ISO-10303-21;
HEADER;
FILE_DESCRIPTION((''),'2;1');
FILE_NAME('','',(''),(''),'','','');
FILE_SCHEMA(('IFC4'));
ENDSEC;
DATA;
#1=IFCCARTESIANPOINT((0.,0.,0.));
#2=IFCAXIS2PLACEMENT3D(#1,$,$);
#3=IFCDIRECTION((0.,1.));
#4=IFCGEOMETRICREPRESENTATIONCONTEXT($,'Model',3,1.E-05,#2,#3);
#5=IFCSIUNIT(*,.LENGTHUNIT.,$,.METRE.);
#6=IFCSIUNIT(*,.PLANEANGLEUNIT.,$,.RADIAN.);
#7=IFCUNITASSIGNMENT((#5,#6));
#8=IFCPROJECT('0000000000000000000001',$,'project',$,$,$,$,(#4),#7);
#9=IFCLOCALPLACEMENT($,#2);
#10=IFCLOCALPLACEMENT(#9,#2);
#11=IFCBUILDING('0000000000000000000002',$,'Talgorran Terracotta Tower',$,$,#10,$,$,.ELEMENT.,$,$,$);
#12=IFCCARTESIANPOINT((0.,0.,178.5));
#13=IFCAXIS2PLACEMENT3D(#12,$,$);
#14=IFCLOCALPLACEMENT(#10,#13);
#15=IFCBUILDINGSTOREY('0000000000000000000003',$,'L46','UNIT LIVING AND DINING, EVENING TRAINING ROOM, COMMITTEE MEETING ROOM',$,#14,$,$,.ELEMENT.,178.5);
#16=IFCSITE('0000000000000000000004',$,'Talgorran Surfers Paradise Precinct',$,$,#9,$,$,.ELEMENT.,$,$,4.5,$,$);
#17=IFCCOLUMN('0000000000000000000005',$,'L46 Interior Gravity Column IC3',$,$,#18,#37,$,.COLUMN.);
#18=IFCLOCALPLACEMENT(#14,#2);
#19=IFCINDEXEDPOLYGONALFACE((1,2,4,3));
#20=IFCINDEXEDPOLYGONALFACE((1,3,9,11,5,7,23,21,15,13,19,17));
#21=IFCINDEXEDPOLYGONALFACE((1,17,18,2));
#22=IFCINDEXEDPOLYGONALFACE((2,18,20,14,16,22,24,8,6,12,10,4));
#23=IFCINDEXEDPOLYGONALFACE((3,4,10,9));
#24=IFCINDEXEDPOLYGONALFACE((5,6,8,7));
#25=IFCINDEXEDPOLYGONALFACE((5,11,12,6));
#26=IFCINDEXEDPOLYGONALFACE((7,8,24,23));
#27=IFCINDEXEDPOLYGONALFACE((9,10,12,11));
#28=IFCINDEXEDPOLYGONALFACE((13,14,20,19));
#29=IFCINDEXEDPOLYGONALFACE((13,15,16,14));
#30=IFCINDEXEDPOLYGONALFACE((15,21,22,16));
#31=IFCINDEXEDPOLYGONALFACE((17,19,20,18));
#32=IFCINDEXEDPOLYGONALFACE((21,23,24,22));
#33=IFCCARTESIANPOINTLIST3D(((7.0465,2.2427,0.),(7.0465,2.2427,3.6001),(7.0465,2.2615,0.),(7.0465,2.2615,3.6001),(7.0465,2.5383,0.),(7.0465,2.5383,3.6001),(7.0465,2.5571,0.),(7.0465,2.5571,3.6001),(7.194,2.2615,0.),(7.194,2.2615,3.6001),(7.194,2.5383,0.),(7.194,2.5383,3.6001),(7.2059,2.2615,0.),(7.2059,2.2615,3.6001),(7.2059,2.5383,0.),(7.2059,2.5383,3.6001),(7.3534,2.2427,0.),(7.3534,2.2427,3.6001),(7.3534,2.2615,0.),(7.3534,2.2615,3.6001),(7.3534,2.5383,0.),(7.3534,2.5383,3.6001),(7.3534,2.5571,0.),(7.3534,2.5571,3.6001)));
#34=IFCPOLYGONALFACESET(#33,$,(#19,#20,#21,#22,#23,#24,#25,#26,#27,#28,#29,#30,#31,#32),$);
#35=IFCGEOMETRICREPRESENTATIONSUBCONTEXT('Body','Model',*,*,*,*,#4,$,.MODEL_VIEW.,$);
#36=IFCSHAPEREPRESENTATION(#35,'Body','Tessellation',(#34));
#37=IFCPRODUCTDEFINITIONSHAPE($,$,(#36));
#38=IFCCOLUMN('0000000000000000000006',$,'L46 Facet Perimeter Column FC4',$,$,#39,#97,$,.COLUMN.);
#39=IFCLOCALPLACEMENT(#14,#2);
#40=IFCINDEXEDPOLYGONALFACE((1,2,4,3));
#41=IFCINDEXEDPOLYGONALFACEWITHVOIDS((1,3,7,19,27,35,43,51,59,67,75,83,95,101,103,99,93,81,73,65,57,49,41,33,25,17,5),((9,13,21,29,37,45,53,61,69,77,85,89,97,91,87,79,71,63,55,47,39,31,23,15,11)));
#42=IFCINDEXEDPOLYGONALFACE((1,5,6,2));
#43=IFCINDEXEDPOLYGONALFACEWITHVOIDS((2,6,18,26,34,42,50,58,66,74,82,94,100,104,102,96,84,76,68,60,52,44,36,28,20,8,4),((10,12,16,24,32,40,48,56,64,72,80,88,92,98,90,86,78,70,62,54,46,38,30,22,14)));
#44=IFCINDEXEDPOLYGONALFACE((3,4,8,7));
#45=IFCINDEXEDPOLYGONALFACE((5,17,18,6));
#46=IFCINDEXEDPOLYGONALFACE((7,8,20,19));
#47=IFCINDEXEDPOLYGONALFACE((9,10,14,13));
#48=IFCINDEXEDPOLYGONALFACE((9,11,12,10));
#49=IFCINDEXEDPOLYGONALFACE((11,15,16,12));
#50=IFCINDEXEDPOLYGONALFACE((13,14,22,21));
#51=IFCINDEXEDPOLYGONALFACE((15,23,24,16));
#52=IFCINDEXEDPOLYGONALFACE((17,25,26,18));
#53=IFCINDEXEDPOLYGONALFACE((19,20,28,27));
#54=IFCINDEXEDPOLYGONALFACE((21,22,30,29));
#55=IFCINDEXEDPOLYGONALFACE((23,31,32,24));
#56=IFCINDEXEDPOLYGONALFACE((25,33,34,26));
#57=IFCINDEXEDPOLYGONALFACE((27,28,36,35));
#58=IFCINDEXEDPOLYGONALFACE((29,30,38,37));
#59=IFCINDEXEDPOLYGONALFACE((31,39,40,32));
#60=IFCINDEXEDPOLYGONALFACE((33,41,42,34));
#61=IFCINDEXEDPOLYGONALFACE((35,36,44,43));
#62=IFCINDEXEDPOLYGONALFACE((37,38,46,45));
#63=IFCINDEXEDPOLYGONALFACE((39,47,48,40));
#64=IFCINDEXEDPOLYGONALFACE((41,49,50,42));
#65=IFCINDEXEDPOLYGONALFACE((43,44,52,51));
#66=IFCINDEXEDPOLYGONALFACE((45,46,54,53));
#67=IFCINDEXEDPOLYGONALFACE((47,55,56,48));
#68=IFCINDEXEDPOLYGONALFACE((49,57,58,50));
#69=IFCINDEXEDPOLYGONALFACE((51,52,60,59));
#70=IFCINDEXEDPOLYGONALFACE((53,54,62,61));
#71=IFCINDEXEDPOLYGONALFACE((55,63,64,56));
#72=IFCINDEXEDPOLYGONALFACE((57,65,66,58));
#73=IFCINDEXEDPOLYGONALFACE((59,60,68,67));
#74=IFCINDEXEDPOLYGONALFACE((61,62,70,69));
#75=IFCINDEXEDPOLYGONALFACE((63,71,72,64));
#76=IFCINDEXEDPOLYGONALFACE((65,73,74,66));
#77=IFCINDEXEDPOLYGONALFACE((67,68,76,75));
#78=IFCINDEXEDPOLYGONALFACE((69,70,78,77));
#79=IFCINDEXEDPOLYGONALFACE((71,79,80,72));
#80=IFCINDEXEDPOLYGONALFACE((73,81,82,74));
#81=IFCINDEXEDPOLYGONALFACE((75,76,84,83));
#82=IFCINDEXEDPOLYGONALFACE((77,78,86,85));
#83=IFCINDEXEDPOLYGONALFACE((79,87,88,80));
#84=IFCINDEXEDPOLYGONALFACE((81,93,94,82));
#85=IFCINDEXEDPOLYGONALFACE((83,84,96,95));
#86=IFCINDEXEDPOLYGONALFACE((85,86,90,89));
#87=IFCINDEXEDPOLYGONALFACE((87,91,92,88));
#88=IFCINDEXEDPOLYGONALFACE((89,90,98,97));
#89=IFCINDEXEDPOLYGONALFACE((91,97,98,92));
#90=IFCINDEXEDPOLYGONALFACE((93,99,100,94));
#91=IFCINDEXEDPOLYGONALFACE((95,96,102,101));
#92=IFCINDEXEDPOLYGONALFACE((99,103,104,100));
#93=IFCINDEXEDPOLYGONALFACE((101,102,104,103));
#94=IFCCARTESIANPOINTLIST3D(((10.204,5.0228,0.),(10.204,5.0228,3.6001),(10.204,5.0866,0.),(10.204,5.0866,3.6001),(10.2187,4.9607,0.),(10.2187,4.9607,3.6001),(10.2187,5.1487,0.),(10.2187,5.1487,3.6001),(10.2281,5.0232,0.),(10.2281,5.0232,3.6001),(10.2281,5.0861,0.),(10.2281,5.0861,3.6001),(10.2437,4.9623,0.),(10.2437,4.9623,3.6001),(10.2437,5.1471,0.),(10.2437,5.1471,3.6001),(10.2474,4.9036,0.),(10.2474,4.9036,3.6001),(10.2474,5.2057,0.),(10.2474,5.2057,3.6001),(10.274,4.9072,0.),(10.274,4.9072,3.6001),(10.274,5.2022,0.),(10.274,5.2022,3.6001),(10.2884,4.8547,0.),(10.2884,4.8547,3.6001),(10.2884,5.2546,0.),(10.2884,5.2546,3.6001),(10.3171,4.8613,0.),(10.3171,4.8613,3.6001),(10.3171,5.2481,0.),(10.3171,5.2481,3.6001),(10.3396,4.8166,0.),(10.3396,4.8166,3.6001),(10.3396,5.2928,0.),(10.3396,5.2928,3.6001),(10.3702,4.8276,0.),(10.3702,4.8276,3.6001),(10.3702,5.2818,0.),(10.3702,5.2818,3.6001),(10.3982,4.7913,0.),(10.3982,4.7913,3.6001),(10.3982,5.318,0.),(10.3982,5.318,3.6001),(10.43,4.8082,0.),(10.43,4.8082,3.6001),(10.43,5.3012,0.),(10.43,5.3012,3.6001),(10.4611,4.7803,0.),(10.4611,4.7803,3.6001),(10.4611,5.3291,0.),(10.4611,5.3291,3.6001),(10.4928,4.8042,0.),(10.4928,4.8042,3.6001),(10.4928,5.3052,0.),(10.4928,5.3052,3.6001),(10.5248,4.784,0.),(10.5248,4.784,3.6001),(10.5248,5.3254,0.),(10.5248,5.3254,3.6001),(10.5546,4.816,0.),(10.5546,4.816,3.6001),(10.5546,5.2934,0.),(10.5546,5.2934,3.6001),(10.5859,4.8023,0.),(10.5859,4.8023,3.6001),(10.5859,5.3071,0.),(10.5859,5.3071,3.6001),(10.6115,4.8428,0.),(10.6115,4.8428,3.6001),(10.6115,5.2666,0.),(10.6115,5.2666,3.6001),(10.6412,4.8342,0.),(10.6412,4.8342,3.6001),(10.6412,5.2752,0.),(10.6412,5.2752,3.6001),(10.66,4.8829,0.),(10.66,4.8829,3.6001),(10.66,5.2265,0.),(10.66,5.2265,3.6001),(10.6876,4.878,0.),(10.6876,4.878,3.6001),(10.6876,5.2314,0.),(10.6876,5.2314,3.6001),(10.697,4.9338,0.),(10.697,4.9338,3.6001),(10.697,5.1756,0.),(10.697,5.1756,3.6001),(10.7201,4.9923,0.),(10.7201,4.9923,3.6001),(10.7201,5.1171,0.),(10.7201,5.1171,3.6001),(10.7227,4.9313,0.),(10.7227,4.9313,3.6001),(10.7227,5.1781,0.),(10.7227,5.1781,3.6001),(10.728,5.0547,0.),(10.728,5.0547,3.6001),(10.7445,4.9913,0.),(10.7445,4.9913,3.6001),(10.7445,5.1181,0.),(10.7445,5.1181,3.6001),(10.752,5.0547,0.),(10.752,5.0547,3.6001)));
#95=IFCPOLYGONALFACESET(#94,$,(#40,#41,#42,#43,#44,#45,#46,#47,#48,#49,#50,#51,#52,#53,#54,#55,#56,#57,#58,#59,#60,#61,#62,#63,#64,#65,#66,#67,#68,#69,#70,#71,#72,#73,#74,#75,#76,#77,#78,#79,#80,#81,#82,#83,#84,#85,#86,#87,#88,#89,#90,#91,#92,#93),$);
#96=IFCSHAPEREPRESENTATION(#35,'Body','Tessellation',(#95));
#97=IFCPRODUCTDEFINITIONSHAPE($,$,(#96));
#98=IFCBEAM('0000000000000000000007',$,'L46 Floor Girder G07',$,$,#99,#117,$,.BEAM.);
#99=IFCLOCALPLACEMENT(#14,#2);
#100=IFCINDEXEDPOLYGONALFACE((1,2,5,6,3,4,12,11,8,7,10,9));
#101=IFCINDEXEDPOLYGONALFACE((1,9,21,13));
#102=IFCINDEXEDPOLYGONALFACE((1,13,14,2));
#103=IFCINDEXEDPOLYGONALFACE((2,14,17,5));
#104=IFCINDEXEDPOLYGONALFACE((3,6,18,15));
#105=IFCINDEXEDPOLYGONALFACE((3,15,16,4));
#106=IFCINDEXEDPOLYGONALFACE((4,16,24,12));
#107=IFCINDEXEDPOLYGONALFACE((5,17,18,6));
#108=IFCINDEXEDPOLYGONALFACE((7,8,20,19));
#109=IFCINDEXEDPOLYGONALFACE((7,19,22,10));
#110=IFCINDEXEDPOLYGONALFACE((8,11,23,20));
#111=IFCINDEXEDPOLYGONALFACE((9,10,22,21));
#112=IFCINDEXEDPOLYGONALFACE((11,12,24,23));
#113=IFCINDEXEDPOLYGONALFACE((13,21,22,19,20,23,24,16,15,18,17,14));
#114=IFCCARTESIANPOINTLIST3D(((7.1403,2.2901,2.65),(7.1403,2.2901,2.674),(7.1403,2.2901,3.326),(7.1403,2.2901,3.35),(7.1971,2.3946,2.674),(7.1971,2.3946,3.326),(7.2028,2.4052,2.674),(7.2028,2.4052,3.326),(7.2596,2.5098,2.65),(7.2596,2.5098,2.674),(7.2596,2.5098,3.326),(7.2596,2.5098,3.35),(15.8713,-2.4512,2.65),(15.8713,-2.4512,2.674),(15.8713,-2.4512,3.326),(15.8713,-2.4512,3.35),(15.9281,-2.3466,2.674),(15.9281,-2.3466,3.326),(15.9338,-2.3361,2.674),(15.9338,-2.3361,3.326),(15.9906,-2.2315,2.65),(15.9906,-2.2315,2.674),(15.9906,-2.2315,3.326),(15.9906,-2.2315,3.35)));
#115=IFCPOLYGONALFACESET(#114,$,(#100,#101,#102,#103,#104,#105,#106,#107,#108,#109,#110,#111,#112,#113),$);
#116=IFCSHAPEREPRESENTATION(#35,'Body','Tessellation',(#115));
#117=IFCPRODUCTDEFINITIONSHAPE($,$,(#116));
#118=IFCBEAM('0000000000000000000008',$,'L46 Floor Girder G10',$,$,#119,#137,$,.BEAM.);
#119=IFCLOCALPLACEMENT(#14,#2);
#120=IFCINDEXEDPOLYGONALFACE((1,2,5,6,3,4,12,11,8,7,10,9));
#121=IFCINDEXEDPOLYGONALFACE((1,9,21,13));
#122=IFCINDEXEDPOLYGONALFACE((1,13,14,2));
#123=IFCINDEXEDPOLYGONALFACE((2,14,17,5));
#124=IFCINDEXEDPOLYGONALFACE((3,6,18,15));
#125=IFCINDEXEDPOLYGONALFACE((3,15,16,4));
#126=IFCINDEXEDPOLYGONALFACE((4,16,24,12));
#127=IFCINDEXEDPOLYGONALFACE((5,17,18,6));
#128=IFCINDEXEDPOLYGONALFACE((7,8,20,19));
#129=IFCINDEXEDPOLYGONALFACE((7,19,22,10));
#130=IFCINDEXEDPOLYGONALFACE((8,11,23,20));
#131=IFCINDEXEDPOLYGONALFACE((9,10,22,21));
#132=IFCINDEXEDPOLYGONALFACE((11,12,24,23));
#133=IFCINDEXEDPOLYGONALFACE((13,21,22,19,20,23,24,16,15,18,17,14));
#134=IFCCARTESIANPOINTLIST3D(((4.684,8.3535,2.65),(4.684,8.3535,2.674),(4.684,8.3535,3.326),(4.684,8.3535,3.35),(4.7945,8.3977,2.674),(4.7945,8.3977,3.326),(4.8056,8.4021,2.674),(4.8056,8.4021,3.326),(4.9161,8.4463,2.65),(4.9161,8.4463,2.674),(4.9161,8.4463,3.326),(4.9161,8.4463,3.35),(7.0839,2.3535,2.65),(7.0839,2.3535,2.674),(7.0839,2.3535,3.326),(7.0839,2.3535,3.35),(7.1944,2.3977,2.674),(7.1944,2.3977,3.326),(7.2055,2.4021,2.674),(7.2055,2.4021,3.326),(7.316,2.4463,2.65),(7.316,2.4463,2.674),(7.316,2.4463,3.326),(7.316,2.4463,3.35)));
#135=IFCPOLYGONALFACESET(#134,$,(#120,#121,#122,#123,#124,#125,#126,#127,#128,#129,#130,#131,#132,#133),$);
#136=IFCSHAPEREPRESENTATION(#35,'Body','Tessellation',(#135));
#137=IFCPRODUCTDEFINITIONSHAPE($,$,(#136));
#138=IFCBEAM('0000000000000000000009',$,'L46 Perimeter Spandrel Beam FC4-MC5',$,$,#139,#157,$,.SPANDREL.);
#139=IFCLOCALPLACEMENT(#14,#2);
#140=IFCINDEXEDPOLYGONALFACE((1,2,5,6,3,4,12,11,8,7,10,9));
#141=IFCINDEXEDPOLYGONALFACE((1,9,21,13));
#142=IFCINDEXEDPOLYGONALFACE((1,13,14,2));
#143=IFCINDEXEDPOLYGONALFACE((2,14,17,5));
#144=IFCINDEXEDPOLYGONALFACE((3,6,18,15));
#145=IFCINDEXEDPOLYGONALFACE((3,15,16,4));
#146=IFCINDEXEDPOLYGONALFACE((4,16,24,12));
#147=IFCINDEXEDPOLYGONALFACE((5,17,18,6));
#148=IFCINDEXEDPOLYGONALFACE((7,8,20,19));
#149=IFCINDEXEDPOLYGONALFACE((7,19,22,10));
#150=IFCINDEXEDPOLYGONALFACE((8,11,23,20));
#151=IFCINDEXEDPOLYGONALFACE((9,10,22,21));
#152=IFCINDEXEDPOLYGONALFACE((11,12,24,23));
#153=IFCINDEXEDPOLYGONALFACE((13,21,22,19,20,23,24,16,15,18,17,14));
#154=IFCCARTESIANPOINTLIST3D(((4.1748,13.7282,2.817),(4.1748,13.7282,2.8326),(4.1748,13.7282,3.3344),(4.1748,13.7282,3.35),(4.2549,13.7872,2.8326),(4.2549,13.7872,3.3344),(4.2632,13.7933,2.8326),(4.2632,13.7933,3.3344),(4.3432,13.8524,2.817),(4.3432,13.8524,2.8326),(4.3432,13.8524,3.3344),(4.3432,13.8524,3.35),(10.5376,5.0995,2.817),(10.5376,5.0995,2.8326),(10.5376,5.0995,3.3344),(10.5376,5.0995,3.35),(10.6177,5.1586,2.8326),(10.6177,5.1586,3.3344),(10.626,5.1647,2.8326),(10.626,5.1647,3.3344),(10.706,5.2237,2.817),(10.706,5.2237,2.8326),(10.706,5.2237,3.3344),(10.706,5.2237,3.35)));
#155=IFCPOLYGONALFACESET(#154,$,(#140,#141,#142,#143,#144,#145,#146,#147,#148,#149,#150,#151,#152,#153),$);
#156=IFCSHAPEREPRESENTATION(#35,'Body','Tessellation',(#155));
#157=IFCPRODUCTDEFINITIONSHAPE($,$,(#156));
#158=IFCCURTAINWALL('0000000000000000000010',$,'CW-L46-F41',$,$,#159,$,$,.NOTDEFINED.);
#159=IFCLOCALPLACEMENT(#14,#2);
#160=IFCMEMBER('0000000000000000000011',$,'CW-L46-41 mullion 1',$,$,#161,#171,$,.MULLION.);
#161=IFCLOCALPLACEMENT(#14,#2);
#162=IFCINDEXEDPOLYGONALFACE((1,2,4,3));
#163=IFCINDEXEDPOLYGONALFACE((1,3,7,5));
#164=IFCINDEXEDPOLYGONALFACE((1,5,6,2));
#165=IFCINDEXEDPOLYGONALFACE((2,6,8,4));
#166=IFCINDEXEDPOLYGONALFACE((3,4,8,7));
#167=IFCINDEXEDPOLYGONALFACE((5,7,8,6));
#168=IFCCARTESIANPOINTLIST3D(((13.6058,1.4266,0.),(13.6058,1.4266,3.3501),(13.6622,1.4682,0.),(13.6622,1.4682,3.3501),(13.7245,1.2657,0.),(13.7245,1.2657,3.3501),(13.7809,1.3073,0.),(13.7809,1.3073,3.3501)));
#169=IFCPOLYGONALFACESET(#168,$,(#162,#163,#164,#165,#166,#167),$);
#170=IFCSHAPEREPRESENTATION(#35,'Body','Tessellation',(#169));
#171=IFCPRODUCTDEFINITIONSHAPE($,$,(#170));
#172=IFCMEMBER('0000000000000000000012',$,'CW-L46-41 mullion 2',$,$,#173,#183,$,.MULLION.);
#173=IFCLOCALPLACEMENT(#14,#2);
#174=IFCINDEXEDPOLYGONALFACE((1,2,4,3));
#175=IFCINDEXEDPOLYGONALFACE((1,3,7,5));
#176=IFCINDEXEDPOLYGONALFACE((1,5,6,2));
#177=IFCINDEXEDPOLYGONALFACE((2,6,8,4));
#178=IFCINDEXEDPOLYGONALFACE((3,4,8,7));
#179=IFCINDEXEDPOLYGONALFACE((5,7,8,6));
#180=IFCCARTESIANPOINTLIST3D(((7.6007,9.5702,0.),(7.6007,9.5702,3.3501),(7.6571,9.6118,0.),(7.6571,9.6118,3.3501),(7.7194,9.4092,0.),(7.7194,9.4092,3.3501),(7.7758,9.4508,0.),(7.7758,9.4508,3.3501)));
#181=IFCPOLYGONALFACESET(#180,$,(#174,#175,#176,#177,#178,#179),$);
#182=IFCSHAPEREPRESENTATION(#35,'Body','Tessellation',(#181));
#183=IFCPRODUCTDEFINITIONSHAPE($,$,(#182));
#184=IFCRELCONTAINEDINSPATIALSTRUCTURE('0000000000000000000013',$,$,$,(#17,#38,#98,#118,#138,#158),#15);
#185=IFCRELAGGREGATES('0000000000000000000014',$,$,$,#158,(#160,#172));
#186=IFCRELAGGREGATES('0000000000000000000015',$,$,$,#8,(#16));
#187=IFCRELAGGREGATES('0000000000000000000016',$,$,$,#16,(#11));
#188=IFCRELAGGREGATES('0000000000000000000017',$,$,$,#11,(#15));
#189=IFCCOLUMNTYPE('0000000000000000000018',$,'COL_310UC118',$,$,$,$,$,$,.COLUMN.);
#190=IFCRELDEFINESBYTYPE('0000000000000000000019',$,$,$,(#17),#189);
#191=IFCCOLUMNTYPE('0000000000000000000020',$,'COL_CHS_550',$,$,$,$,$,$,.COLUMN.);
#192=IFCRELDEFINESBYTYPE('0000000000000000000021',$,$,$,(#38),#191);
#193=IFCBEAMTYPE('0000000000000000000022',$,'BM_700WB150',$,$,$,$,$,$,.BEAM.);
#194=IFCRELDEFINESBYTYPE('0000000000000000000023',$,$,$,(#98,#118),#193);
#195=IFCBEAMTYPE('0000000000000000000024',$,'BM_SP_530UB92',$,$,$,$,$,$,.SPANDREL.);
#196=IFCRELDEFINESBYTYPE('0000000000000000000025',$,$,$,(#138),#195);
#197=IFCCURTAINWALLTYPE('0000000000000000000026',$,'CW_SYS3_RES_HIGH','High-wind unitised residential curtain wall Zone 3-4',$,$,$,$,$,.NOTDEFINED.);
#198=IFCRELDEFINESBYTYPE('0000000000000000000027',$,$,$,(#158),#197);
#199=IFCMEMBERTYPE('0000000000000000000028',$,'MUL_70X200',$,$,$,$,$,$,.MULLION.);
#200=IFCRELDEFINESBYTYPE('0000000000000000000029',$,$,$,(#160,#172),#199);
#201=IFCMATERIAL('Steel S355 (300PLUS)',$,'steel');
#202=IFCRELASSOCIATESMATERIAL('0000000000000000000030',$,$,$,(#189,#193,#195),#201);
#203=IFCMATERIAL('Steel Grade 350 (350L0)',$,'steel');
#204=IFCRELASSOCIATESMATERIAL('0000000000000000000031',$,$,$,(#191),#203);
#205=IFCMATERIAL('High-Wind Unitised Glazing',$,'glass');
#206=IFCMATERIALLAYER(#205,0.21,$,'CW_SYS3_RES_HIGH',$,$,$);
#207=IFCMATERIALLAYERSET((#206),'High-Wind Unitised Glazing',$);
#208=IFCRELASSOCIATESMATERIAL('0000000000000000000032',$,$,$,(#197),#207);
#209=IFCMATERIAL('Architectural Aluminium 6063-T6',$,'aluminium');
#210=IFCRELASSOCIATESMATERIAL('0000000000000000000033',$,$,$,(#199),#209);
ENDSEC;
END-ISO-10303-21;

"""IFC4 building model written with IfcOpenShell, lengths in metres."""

from ifc_helpers import new_model, si_unit, direction, frame, origin, origin_2d, place, context, subcontext, project, spatial, rectangle, hollow_circle, i_section, extrude, material, layer, layer_set, material_profile, profile_set, type_object, element, aggregate, save


model = new_model("IFC4")

# Units and contexts
model_context = context("Model", 3, precision=1e-05, world=origin(), true_north=direction((0.0, 1.0)))
body_context = subcontext(model_context, "Body", "Model", "MODEL_VIEW")
ifc_project = project(units=[si_unit("LENGTHUNIT", "METRE"), si_unit("PLANEANGLEUNIT", "RADIAN")], contexts=[model_context])

# Site, building, storey
site_placement = place(None, origin())
site = spatial("IfcSite", under=ifc_project, at=site_placement, Name="Talgorran Surfers Paradise Precinct", CompositionType="ELEMENT", RefElevation=4.5)
building_placement = place(site_placement, origin())
building = spatial("IfcBuilding", under=site, at=building_placement, Name="Talgorran Terracotta Tower", CompositionType="ELEMENT")
storey_placement = place(building_placement, frame((0.0, 0.0, 178.5)))
storey = spatial("IfcBuildingStorey", under=building, at=storey_placement, Name="L46", Description="UNIT LIVING AND DINING, EVENING TRAINING ROOM, COMMITTEE MEETING ROOM", CompositionType="ELEMENT", Elevation=178.5)

# Columns
ifc_material_1 = material(Name="Steel S355 (300PLUS)", Category="steel")
ifc_material_profile_1 = material_profile(ifc_material_1, i_section(OverallWidth=0.3069, OverallDepth=0.3145, WebThickness=0.012, FlangeThickness=0.0188, at=origin_2d()), Name="310UC118")
ifc_profile_set_1 = profile_set([ifc_material_profile_1], Name="Steel S355 (300PLUS)")
column_type_1 = type_object("IfcColumnType", Name="COL_310UC118", PredefinedType="COLUMN", material=ifc_profile_set_1)
column_1_placement = place(storey_placement, frame((7.2, 2.3999, 0.0), z_axis=(0.0, 0.0, 1.0), x_axis=(1.0, 0.0, 0.0)))
element("IfcColumn", 1, at=column_1_placement, inside=storey, type_object=column_type_1, Name="L46 Interior Gravity Column IC3", PredefinedType="COLUMN", context=body_context, shape_type="SweptSolid", body=[
    extrude(i_section(OverallWidth=0.3069, OverallDepth=0.3145, WebThickness=0.012, FlangeThickness=0.0188, at=origin_2d()), origin(), (0.0, 0.0, 1.0), 3.6001),
])
ifc_material_2 = material(Name="Steel Grade 350 (350L0)", Category="steel")
ifc_material_profile_2 = material_profile(ifc_material_2, hollow_circle(Radius=0.2749, WallThickness=0.0239, at=origin_2d()), Name="CHS550X24")
ifc_profile_set_2 = profile_set([ifc_material_profile_2], Name="Steel Grade 350 (350L0)")
column_type_2 = type_object("IfcColumnType", Name="COL_CHS_550", PredefinedType="COLUMN", material=ifc_profile_set_2)
column_2_placement = place(storey_placement, frame((10.4771, 5.0547, 0.0), z_axis=(0.0, 0.0, 1.0), x_axis=(1.0, 0.0, 0.0)))
element("IfcColumn", 2, at=column_2_placement, inside=storey, type_object=column_type_2, Name="L46 Facet Perimeter Column FC4", PredefinedType="COLUMN", context=body_context, shape_type="SweptSolid", body=[
    extrude(hollow_circle(Radius=0.2749, WallThickness=0.0239, at=origin_2d()), origin(), (0.0, 0.0, 1.0), 3.6001),
])

# Beams
ifc_material_profile_3 = material_profile(ifc_material_1, i_section(OverallWidth=0.25, OverallDepth=0.7, WebThickness=0.012, FlangeThickness=0.0239, at=origin_2d()), Name="700WB150")
ifc_profile_set_3 = profile_set([ifc_material_profile_3], Name="Steel S355 (300PLUS)")
beam_type_1 = type_object("IfcBeamType", Name="BM_700WB150", PredefinedType="BEAM", material=ifc_profile_set_3)
beam_1_placement = place(storey_placement, frame((7.2, 2.3999, 3.0), z_axis=(0.878788, -0.477212, 0.0), x_axis=(0.477212, 0.878788, 0.0)))
element("IfcBeam", 3, at=beam_1_placement, inside=storey, type_object=beam_type_1, Name="L46 Floor Girder G07", PredefinedType="BEAM", context=body_context, shape_type="SweptSolid", body=[
    extrude(i_section(OverallWidth=0.25, OverallDepth=0.7, WebThickness=0.012, FlangeThickness=0.0239, at=origin_2d()), origin(), (0.0, 0.0, 1.0), 9.9353),
])
beam_2_placement = place(storey_placement, frame((7.2, 2.3999, 3.0), z_axis=(-0.371378, 0.928482, 0.0), x_axis=(-0.928482, -0.371378, 0.0)))
element("IfcBeam", 4, at=beam_2_placement, inside=storey, type_object=beam_type_1, Name="L46 Floor Girder G10", PredefinedType="BEAM", context=body_context, shape_type="SweptSolid", body=[
    extrude(i_section(OverallWidth=0.25, OverallDepth=0.7, WebThickness=0.012, FlangeThickness=0.0239, at=origin_2d()), origin(), (0.0, 0.0, 1.0), 6.4622),
])
ifc_material_profile_4 = material_profile(ifc_material_1, i_section(OverallWidth=0.2092, OverallDepth=0.533, WebThickness=0.0103, FlangeThickness=0.0156, at=origin_2d()), Name="530UB92.4")
ifc_profile_set_4 = profile_set([ifc_material_profile_4], Name="Steel S355 (300PLUS)")
beam_type_2 = type_object("IfcBeamType", Name="BM_SP_530UB92", PredefinedType="SPANDREL", material=ifc_profile_set_4)
beam_3_placement = place(storey_placement, frame((10.6218, 5.1616, 3.0835), z_axis=(-0.593491, 0.804841, 0.0), x_axis=(-0.804841, -0.593491, 0.0)))
element("IfcBeam", 5, at=beam_3_placement, inside=storey, type_object=beam_type_2, Name="L46 Perimeter Spandrel Beam FC4-MC5", PredefinedType="SPANDREL", context=body_context, shape_type="SweptSolid", body=[
    extrude(i_section(OverallWidth=0.2092, OverallDepth=0.533, WebThickness=0.0103, FlangeThickness=0.0156, at=origin_2d()), origin(), (0.0, 0.0, 1.0), 10.7209),
])

# Curtain wall, members
ifc_material_3 = material(Name="High-Wind Unitised Glazing", Category="glass")
ifc_layer_1 = layer(ifc_material_3, 0.21, Name="CW_SYS3_RES_HIGH")
ifc_layer_set_1 = layer_set([ifc_layer_1], Name="High-Wind Unitised Glazing")
curtain_wall_type = type_object("IfcCurtainWallType", Name="CW_SYS3_RES_HIGH", Description="High-wind unitised residential curtain wall Zone 3-4", PredefinedType="NOTDEFINED", material=ifc_layer_set_1)
curtain_wall_1_placement = place(storey_placement, origin())
curtain_wall_1 = element("IfcCurtainWall", 6, at=curtain_wall_1_placement, inside=storey, type_object=curtain_wall_type, Name="CW-L46-F41", PredefinedType="NOTDEFINED")
ifc_material_4 = material(Name="Architectural Aluminium 6063-T6", Category="aluminium")
ifc_material_profile_5 = material_profile(ifc_material_4, rectangle(XDim=0.0701, YDim=0.2, at=origin_2d()), Name="CWM70X200")
ifc_profile_set_5 = profile_set([ifc_material_profile_5], Name="Architectural Aluminium 6063-T6")
member_type_1 = type_object("IfcMemberType", Name="MUL_70X200", PredefinedType="MULLION", material=ifc_profile_set_5)
member_1_placement = place(storey_placement, frame((13.6934, 1.3669, 0.0), z_axis=(0.0, 0.0, 1.0), x_axis=(-0.80484, -0.593491, 0.0)))
member_1 = element("IfcMember", 7, at=member_1_placement, type_object=member_type_1, Name="CW-L46-41 mullion 1", PredefinedType="MULLION", context=body_context, shape_type="SweptSolid", body=[
    extrude(rectangle(XDim=0.0701, YDim=0.2, at=origin_2d()), origin(), (0.0, 0.0, 1.0), 3.3501),
])
member_2_placement = place(storey_placement, frame((7.6882, 9.5105, 0.0), z_axis=(0.0, 0.0, 1.0), x_axis=(-0.80484, -0.593491, 0.0)))
member_2 = element("IfcMember", 8, at=member_2_placement, type_object=member_type_1, Name="CW-L46-41 mullion 2", PredefinedType="MULLION", context=body_context, shape_type="SweptSolid", body=[
    extrude(rectangle(XDim=0.0701, YDim=0.2, at=origin_2d()), origin(), (0.0, 0.0, 1.0), 3.3501),
])

aggregate(curtain_wall_1, [member_1, member_2])

save(model, "model.ifc")
